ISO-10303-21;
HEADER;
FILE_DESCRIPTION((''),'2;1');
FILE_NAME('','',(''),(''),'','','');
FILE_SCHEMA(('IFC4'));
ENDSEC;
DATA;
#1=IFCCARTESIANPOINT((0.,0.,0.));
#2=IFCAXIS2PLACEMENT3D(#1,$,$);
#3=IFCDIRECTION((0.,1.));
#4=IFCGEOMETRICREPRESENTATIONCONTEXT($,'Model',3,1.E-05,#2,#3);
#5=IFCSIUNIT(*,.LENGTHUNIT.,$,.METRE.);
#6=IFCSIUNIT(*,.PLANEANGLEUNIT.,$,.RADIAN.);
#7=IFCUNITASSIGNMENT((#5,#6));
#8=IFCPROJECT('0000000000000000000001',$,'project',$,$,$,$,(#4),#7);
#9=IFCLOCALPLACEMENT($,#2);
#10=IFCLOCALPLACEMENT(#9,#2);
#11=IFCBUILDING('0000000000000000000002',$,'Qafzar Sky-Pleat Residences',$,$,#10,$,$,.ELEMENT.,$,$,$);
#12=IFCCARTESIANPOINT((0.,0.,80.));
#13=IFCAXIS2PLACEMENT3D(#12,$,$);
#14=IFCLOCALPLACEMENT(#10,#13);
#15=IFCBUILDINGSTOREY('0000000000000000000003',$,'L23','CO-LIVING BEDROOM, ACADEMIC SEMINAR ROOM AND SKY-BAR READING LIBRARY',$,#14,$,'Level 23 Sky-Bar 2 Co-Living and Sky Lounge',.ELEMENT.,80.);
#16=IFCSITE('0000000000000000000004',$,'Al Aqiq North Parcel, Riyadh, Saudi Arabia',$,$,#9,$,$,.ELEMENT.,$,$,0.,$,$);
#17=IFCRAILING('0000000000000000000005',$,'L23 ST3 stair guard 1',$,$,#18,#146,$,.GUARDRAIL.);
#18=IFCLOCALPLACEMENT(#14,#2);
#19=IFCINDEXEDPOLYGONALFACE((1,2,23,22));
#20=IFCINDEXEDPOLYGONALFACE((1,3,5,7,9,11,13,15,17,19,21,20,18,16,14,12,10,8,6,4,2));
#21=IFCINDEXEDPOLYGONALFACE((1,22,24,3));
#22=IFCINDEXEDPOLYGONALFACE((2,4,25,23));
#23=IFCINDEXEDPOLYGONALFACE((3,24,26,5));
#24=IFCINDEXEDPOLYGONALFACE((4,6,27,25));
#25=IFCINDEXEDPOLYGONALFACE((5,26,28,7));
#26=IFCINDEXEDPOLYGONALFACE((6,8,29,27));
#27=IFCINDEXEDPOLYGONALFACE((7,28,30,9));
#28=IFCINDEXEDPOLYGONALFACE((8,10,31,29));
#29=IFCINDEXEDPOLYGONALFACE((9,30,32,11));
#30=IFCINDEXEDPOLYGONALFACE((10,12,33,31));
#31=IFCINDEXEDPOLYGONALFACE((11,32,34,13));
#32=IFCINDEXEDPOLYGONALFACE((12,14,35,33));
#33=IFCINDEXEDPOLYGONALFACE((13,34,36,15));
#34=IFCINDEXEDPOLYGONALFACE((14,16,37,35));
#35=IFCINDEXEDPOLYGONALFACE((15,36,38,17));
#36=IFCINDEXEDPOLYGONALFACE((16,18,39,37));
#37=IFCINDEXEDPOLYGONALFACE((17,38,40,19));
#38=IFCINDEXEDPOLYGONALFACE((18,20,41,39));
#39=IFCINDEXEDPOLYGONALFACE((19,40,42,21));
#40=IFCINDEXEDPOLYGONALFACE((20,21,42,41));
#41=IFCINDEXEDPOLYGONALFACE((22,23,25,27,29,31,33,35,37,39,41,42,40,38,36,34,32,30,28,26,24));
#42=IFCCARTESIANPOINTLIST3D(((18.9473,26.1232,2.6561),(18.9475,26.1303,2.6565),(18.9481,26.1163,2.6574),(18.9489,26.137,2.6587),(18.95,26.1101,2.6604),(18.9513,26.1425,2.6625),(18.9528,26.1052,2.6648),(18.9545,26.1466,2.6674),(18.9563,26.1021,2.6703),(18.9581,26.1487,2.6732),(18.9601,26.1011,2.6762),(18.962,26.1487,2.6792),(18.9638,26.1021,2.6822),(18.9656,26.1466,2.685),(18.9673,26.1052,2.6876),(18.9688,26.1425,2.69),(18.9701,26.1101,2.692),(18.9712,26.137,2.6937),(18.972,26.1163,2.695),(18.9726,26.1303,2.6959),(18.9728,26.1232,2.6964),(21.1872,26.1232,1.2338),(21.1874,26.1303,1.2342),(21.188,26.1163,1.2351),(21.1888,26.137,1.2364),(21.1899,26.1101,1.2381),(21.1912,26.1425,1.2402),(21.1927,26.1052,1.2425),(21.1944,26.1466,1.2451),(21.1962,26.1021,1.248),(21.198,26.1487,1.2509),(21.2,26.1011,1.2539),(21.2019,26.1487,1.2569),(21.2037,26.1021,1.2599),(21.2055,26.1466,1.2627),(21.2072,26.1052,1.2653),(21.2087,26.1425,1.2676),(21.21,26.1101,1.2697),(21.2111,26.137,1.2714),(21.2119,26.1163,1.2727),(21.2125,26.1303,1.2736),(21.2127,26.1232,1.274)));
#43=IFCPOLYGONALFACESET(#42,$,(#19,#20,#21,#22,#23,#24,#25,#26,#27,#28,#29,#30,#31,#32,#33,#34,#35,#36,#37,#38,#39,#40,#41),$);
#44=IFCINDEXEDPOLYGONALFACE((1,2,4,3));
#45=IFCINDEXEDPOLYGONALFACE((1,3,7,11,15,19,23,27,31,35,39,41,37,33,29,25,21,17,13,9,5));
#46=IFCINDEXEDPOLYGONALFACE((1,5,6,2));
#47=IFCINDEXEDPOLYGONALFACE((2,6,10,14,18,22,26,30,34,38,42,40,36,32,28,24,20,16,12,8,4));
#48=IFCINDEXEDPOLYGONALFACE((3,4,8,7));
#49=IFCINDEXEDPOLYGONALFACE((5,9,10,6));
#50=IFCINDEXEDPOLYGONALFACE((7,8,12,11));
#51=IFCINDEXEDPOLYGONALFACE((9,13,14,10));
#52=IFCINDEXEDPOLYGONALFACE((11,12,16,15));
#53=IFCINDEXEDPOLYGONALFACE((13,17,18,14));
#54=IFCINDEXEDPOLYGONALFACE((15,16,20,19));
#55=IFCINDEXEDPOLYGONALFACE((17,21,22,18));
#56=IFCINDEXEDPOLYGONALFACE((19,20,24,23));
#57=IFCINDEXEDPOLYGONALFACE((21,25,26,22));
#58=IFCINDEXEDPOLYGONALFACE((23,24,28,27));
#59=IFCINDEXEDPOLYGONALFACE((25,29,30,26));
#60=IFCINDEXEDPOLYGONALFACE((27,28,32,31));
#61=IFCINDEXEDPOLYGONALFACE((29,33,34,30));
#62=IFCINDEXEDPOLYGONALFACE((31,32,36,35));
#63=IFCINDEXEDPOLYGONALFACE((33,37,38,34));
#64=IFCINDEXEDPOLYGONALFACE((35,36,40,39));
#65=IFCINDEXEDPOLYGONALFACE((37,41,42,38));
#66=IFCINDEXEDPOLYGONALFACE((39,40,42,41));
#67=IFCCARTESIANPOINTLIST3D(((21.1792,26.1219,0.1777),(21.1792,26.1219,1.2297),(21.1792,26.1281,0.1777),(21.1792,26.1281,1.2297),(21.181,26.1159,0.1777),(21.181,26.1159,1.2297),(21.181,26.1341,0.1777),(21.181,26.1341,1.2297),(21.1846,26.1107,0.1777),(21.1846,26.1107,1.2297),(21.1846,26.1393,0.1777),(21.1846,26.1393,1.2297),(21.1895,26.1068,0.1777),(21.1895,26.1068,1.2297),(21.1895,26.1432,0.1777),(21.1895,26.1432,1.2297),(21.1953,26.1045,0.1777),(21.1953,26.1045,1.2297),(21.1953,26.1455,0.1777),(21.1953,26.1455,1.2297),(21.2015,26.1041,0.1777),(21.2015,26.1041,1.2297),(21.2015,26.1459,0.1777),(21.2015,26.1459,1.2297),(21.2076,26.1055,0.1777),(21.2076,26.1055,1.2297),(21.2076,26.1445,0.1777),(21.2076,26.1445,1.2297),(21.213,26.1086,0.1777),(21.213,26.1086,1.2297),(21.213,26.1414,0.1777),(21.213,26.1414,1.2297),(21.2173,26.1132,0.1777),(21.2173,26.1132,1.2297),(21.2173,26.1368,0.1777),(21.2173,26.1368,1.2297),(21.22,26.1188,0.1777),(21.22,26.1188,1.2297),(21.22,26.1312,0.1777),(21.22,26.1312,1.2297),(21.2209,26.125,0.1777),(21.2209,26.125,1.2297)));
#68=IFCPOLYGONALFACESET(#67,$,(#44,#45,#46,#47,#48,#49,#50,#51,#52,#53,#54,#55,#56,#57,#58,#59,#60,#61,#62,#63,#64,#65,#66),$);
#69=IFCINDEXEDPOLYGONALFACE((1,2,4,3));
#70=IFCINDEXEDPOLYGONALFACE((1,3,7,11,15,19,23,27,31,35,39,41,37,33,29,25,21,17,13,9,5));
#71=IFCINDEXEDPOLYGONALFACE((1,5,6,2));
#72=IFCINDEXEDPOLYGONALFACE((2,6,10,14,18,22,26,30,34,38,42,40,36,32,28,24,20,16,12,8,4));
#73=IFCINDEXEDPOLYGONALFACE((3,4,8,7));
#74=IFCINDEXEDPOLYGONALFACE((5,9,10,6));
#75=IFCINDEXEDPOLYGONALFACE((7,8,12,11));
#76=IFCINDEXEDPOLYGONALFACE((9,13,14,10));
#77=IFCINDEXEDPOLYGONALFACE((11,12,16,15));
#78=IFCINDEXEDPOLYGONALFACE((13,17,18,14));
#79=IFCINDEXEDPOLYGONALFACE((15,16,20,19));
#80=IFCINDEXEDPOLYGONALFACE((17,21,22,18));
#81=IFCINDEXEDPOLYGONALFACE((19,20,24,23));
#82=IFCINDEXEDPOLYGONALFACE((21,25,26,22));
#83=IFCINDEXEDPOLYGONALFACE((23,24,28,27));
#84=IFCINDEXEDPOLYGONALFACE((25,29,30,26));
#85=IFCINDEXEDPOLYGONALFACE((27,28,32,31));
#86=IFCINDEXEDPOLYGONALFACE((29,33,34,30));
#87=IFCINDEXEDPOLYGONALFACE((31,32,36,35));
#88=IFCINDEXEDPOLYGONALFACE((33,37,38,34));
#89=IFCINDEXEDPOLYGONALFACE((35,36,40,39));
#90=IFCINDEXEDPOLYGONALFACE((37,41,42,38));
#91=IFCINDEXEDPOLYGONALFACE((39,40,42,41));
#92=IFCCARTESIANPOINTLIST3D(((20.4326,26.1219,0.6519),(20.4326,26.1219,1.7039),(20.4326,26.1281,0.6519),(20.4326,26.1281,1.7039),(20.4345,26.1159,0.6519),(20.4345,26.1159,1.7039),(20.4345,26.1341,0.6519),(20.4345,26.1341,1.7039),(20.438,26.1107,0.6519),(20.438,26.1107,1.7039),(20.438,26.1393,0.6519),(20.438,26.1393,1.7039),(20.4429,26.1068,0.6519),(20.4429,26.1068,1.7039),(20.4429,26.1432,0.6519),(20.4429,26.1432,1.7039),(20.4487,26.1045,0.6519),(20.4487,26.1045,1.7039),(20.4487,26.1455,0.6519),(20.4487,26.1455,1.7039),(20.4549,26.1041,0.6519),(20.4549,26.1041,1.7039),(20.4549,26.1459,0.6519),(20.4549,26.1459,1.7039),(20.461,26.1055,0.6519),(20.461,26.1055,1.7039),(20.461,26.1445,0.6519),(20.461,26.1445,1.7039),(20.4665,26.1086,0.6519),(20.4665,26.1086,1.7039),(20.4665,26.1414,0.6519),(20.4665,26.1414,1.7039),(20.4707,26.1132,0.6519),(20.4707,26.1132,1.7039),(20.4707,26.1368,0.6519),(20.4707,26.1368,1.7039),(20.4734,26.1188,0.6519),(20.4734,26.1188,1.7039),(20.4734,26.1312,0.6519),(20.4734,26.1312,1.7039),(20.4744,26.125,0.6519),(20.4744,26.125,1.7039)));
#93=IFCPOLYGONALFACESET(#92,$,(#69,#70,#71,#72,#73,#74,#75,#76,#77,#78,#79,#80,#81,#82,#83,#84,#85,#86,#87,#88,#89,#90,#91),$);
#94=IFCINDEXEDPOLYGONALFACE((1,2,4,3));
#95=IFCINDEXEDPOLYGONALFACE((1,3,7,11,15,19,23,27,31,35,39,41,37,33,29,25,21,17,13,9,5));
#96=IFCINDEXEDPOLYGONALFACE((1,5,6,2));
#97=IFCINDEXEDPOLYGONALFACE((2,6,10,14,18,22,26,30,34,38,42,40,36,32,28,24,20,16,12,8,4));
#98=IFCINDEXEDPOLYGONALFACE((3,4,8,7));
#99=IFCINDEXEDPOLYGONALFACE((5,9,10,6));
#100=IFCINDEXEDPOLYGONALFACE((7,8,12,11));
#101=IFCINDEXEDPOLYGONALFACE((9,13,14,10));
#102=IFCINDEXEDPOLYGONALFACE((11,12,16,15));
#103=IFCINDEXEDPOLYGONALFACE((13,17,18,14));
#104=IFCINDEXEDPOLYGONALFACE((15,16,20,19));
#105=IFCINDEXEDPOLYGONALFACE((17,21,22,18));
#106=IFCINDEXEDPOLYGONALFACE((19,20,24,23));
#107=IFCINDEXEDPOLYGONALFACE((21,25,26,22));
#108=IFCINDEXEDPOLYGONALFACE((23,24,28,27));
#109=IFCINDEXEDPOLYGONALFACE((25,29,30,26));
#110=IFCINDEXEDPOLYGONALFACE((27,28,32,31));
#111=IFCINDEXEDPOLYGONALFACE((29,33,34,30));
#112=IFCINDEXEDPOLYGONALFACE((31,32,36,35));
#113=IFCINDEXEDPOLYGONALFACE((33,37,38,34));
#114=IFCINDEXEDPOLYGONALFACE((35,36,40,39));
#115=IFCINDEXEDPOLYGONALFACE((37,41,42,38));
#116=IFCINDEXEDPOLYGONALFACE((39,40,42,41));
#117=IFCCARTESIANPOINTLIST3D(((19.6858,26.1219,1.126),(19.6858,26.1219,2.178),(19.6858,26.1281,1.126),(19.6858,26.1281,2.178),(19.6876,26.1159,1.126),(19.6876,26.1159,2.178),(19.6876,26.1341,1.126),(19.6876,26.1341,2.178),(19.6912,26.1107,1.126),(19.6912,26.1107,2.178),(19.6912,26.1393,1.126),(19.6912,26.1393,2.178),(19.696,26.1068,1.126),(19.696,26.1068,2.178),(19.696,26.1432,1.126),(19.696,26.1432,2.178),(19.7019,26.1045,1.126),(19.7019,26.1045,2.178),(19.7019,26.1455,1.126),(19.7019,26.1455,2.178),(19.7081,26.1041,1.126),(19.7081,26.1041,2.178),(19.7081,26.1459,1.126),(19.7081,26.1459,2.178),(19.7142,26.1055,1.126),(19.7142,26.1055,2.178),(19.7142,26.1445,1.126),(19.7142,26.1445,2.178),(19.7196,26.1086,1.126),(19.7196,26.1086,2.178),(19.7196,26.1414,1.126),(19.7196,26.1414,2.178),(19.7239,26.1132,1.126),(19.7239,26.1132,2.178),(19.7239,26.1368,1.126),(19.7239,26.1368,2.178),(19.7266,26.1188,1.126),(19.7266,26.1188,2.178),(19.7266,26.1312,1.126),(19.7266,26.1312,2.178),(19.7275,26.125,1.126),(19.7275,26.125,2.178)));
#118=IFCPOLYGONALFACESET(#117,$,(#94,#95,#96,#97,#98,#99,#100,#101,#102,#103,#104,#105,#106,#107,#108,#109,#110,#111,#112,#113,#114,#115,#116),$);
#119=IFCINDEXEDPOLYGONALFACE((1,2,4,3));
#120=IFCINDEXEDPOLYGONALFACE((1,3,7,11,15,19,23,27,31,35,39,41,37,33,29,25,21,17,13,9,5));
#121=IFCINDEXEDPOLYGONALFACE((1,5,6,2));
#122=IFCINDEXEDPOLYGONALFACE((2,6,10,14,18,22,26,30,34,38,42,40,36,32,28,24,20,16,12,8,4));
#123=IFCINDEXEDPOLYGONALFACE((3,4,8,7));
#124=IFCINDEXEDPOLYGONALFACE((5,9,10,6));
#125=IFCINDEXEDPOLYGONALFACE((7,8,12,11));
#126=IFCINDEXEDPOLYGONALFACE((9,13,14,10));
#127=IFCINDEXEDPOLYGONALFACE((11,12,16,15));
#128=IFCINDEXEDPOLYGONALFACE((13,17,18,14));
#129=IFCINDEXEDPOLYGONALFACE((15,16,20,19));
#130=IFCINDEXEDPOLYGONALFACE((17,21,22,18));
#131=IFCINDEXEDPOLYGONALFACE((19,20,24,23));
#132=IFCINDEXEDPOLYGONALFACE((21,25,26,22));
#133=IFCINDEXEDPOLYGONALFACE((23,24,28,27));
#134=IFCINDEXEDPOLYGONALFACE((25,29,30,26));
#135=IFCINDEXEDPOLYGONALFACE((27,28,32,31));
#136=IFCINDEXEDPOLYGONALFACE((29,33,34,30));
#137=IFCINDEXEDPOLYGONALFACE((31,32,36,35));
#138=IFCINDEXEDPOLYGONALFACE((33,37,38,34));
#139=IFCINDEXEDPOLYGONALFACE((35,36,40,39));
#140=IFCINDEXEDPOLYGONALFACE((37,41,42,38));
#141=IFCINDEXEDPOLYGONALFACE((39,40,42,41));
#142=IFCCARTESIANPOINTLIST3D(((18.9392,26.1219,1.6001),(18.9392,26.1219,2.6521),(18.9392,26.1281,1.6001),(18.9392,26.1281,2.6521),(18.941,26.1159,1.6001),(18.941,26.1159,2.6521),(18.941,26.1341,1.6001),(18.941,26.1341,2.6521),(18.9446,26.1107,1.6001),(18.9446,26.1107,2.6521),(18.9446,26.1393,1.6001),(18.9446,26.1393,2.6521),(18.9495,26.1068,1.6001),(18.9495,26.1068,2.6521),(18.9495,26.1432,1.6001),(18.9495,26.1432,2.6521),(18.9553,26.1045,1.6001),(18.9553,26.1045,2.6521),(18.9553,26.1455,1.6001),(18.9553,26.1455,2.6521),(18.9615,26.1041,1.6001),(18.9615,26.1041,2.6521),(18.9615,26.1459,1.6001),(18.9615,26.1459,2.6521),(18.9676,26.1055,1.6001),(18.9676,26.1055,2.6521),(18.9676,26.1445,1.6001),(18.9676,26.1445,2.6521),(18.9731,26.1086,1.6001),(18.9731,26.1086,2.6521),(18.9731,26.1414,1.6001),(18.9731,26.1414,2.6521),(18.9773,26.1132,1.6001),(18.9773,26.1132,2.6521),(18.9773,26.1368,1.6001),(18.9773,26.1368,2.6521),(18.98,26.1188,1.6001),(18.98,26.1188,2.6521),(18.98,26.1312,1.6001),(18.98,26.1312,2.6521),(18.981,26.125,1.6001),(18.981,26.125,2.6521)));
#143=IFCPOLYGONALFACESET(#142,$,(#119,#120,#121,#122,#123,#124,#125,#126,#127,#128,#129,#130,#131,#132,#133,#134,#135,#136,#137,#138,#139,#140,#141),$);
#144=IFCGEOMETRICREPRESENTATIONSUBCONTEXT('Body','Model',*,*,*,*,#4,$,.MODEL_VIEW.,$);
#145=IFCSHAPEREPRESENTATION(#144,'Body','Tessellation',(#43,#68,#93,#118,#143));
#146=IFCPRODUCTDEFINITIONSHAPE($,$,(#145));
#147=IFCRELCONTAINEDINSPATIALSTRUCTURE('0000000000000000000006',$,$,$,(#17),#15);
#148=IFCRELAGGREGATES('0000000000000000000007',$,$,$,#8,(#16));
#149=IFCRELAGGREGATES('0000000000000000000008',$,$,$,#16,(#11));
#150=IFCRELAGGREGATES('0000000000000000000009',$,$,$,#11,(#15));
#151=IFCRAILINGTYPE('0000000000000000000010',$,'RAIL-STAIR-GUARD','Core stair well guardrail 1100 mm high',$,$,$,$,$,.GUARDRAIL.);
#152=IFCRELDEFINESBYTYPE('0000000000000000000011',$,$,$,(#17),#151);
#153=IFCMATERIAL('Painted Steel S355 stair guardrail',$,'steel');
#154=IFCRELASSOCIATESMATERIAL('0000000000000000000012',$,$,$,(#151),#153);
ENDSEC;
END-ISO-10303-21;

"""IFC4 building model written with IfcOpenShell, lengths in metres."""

from ifc_helpers import new_model, si_unit, direction, frame, origin, origin_2d, place, context, subcontext, project, spatial, circle, extrude, source, transform, mapped, material, type_object, element, save


model = new_model("IFC4")

# Units and contexts
model_context = context("Model", 3, precision=1e-05, world=origin(), true_north=direction((0.0, 1.0)))
body_context = subcontext(model_context, "Body", "Model", "MODEL_VIEW")
ifc_project = project(units=[si_unit("LENGTHUNIT", "METRE"), si_unit("PLANEANGLEUNIT", "RADIAN")], contexts=[model_context])

# Site, building, storey
site_placement = place(None, origin())
site = spatial("IfcSite", under=ifc_project, at=site_placement, Name="Al Aqiq North Parcel, Riyadh, Saudi Arabia", CompositionType="ELEMENT", RefElevation=0.0)
building_placement = place(site_placement, origin())
building = spatial("IfcBuilding", under=site, at=building_placement, Name="Qafzar Sky-Pleat Residences", CompositionType="ELEMENT")
storey_placement = place(building_placement, frame((0.0, 0.0, 80.0)))
storey = spatial("IfcBuildingStorey", under=building, at=storey_placement, Name="L23", Description="CO-LIVING BEDROOM, ACADEMIC SEMINAR ROOM AND SKY-BAR READING LIBRARY", LongName="Level 23 Sky-Bar 2 Co-Living and Sky Lounge", CompositionType="ELEMENT", Elevation=80.0)

# Railing
ifc_material_1 = material(Name="Painted Steel S355 stair guardrail", Category="steel")
railing_type_1 = type_object("IfcRailingType", Name="RAIL-STAIR-GUARD", Description="Core stair well guardrail 1100 mm high", PredefinedType="GUARDRAIL", material=ifc_material_1)
shared_shape_1 = source(origin(), body_context, "Body", "SweptSolid", [
    extrude(circle(Radius=0.0239, at=origin_2d()), frame((0.0, 0.0, 1.0762), z_axis=(-0.844188, 0.0, 0.536048), x_axis=(0.0, -1.0, 0.0)), (0.0, 0.0, 1.0), 2.6533),
    extrude(circle(Radius=0.021, at=origin_2d()), origin(), (0.0, 0.0, 1.0), 1.052),
    extrude(circle(Radius=0.021, at=origin_2d()), frame((-0.7466, 0.0, 0.4741)), (0.0, 0.0, 1.0), 1.052),
    extrude(circle(Radius=0.021, at=origin_2d()), frame((-1.4934, 0.0, 0.9482)), (0.0, 0.0, 1.0), 1.052),
    extrude(circle(Radius=0.021, at=origin_2d()), frame((-2.24, 0.0, 1.4224)), (0.0, 0.0, 1.0), 1.052),
])
railing_1_placement = place(storey_placement, frame((21.2, 26.125, 0.1777)))
element("IfcRailing", 1, at=railing_1_placement, inside=storey, type_object=railing_type_1, Name="L23 ST3 stair guard 1", PredefinedType="GUARDRAIL", context=body_context, shape_type="MappedRepresentation", body=[
    mapped(shared_shape_1, transform((0.0, 0.0, 0.0), x_axis=(1.0, 0.0, 0.0), y_axis=(0.0, 1.0, 0.0), z_axis=(0.0, 0.0, 1.0), scale=1.0)),
])

save(model, "model.ifc")
